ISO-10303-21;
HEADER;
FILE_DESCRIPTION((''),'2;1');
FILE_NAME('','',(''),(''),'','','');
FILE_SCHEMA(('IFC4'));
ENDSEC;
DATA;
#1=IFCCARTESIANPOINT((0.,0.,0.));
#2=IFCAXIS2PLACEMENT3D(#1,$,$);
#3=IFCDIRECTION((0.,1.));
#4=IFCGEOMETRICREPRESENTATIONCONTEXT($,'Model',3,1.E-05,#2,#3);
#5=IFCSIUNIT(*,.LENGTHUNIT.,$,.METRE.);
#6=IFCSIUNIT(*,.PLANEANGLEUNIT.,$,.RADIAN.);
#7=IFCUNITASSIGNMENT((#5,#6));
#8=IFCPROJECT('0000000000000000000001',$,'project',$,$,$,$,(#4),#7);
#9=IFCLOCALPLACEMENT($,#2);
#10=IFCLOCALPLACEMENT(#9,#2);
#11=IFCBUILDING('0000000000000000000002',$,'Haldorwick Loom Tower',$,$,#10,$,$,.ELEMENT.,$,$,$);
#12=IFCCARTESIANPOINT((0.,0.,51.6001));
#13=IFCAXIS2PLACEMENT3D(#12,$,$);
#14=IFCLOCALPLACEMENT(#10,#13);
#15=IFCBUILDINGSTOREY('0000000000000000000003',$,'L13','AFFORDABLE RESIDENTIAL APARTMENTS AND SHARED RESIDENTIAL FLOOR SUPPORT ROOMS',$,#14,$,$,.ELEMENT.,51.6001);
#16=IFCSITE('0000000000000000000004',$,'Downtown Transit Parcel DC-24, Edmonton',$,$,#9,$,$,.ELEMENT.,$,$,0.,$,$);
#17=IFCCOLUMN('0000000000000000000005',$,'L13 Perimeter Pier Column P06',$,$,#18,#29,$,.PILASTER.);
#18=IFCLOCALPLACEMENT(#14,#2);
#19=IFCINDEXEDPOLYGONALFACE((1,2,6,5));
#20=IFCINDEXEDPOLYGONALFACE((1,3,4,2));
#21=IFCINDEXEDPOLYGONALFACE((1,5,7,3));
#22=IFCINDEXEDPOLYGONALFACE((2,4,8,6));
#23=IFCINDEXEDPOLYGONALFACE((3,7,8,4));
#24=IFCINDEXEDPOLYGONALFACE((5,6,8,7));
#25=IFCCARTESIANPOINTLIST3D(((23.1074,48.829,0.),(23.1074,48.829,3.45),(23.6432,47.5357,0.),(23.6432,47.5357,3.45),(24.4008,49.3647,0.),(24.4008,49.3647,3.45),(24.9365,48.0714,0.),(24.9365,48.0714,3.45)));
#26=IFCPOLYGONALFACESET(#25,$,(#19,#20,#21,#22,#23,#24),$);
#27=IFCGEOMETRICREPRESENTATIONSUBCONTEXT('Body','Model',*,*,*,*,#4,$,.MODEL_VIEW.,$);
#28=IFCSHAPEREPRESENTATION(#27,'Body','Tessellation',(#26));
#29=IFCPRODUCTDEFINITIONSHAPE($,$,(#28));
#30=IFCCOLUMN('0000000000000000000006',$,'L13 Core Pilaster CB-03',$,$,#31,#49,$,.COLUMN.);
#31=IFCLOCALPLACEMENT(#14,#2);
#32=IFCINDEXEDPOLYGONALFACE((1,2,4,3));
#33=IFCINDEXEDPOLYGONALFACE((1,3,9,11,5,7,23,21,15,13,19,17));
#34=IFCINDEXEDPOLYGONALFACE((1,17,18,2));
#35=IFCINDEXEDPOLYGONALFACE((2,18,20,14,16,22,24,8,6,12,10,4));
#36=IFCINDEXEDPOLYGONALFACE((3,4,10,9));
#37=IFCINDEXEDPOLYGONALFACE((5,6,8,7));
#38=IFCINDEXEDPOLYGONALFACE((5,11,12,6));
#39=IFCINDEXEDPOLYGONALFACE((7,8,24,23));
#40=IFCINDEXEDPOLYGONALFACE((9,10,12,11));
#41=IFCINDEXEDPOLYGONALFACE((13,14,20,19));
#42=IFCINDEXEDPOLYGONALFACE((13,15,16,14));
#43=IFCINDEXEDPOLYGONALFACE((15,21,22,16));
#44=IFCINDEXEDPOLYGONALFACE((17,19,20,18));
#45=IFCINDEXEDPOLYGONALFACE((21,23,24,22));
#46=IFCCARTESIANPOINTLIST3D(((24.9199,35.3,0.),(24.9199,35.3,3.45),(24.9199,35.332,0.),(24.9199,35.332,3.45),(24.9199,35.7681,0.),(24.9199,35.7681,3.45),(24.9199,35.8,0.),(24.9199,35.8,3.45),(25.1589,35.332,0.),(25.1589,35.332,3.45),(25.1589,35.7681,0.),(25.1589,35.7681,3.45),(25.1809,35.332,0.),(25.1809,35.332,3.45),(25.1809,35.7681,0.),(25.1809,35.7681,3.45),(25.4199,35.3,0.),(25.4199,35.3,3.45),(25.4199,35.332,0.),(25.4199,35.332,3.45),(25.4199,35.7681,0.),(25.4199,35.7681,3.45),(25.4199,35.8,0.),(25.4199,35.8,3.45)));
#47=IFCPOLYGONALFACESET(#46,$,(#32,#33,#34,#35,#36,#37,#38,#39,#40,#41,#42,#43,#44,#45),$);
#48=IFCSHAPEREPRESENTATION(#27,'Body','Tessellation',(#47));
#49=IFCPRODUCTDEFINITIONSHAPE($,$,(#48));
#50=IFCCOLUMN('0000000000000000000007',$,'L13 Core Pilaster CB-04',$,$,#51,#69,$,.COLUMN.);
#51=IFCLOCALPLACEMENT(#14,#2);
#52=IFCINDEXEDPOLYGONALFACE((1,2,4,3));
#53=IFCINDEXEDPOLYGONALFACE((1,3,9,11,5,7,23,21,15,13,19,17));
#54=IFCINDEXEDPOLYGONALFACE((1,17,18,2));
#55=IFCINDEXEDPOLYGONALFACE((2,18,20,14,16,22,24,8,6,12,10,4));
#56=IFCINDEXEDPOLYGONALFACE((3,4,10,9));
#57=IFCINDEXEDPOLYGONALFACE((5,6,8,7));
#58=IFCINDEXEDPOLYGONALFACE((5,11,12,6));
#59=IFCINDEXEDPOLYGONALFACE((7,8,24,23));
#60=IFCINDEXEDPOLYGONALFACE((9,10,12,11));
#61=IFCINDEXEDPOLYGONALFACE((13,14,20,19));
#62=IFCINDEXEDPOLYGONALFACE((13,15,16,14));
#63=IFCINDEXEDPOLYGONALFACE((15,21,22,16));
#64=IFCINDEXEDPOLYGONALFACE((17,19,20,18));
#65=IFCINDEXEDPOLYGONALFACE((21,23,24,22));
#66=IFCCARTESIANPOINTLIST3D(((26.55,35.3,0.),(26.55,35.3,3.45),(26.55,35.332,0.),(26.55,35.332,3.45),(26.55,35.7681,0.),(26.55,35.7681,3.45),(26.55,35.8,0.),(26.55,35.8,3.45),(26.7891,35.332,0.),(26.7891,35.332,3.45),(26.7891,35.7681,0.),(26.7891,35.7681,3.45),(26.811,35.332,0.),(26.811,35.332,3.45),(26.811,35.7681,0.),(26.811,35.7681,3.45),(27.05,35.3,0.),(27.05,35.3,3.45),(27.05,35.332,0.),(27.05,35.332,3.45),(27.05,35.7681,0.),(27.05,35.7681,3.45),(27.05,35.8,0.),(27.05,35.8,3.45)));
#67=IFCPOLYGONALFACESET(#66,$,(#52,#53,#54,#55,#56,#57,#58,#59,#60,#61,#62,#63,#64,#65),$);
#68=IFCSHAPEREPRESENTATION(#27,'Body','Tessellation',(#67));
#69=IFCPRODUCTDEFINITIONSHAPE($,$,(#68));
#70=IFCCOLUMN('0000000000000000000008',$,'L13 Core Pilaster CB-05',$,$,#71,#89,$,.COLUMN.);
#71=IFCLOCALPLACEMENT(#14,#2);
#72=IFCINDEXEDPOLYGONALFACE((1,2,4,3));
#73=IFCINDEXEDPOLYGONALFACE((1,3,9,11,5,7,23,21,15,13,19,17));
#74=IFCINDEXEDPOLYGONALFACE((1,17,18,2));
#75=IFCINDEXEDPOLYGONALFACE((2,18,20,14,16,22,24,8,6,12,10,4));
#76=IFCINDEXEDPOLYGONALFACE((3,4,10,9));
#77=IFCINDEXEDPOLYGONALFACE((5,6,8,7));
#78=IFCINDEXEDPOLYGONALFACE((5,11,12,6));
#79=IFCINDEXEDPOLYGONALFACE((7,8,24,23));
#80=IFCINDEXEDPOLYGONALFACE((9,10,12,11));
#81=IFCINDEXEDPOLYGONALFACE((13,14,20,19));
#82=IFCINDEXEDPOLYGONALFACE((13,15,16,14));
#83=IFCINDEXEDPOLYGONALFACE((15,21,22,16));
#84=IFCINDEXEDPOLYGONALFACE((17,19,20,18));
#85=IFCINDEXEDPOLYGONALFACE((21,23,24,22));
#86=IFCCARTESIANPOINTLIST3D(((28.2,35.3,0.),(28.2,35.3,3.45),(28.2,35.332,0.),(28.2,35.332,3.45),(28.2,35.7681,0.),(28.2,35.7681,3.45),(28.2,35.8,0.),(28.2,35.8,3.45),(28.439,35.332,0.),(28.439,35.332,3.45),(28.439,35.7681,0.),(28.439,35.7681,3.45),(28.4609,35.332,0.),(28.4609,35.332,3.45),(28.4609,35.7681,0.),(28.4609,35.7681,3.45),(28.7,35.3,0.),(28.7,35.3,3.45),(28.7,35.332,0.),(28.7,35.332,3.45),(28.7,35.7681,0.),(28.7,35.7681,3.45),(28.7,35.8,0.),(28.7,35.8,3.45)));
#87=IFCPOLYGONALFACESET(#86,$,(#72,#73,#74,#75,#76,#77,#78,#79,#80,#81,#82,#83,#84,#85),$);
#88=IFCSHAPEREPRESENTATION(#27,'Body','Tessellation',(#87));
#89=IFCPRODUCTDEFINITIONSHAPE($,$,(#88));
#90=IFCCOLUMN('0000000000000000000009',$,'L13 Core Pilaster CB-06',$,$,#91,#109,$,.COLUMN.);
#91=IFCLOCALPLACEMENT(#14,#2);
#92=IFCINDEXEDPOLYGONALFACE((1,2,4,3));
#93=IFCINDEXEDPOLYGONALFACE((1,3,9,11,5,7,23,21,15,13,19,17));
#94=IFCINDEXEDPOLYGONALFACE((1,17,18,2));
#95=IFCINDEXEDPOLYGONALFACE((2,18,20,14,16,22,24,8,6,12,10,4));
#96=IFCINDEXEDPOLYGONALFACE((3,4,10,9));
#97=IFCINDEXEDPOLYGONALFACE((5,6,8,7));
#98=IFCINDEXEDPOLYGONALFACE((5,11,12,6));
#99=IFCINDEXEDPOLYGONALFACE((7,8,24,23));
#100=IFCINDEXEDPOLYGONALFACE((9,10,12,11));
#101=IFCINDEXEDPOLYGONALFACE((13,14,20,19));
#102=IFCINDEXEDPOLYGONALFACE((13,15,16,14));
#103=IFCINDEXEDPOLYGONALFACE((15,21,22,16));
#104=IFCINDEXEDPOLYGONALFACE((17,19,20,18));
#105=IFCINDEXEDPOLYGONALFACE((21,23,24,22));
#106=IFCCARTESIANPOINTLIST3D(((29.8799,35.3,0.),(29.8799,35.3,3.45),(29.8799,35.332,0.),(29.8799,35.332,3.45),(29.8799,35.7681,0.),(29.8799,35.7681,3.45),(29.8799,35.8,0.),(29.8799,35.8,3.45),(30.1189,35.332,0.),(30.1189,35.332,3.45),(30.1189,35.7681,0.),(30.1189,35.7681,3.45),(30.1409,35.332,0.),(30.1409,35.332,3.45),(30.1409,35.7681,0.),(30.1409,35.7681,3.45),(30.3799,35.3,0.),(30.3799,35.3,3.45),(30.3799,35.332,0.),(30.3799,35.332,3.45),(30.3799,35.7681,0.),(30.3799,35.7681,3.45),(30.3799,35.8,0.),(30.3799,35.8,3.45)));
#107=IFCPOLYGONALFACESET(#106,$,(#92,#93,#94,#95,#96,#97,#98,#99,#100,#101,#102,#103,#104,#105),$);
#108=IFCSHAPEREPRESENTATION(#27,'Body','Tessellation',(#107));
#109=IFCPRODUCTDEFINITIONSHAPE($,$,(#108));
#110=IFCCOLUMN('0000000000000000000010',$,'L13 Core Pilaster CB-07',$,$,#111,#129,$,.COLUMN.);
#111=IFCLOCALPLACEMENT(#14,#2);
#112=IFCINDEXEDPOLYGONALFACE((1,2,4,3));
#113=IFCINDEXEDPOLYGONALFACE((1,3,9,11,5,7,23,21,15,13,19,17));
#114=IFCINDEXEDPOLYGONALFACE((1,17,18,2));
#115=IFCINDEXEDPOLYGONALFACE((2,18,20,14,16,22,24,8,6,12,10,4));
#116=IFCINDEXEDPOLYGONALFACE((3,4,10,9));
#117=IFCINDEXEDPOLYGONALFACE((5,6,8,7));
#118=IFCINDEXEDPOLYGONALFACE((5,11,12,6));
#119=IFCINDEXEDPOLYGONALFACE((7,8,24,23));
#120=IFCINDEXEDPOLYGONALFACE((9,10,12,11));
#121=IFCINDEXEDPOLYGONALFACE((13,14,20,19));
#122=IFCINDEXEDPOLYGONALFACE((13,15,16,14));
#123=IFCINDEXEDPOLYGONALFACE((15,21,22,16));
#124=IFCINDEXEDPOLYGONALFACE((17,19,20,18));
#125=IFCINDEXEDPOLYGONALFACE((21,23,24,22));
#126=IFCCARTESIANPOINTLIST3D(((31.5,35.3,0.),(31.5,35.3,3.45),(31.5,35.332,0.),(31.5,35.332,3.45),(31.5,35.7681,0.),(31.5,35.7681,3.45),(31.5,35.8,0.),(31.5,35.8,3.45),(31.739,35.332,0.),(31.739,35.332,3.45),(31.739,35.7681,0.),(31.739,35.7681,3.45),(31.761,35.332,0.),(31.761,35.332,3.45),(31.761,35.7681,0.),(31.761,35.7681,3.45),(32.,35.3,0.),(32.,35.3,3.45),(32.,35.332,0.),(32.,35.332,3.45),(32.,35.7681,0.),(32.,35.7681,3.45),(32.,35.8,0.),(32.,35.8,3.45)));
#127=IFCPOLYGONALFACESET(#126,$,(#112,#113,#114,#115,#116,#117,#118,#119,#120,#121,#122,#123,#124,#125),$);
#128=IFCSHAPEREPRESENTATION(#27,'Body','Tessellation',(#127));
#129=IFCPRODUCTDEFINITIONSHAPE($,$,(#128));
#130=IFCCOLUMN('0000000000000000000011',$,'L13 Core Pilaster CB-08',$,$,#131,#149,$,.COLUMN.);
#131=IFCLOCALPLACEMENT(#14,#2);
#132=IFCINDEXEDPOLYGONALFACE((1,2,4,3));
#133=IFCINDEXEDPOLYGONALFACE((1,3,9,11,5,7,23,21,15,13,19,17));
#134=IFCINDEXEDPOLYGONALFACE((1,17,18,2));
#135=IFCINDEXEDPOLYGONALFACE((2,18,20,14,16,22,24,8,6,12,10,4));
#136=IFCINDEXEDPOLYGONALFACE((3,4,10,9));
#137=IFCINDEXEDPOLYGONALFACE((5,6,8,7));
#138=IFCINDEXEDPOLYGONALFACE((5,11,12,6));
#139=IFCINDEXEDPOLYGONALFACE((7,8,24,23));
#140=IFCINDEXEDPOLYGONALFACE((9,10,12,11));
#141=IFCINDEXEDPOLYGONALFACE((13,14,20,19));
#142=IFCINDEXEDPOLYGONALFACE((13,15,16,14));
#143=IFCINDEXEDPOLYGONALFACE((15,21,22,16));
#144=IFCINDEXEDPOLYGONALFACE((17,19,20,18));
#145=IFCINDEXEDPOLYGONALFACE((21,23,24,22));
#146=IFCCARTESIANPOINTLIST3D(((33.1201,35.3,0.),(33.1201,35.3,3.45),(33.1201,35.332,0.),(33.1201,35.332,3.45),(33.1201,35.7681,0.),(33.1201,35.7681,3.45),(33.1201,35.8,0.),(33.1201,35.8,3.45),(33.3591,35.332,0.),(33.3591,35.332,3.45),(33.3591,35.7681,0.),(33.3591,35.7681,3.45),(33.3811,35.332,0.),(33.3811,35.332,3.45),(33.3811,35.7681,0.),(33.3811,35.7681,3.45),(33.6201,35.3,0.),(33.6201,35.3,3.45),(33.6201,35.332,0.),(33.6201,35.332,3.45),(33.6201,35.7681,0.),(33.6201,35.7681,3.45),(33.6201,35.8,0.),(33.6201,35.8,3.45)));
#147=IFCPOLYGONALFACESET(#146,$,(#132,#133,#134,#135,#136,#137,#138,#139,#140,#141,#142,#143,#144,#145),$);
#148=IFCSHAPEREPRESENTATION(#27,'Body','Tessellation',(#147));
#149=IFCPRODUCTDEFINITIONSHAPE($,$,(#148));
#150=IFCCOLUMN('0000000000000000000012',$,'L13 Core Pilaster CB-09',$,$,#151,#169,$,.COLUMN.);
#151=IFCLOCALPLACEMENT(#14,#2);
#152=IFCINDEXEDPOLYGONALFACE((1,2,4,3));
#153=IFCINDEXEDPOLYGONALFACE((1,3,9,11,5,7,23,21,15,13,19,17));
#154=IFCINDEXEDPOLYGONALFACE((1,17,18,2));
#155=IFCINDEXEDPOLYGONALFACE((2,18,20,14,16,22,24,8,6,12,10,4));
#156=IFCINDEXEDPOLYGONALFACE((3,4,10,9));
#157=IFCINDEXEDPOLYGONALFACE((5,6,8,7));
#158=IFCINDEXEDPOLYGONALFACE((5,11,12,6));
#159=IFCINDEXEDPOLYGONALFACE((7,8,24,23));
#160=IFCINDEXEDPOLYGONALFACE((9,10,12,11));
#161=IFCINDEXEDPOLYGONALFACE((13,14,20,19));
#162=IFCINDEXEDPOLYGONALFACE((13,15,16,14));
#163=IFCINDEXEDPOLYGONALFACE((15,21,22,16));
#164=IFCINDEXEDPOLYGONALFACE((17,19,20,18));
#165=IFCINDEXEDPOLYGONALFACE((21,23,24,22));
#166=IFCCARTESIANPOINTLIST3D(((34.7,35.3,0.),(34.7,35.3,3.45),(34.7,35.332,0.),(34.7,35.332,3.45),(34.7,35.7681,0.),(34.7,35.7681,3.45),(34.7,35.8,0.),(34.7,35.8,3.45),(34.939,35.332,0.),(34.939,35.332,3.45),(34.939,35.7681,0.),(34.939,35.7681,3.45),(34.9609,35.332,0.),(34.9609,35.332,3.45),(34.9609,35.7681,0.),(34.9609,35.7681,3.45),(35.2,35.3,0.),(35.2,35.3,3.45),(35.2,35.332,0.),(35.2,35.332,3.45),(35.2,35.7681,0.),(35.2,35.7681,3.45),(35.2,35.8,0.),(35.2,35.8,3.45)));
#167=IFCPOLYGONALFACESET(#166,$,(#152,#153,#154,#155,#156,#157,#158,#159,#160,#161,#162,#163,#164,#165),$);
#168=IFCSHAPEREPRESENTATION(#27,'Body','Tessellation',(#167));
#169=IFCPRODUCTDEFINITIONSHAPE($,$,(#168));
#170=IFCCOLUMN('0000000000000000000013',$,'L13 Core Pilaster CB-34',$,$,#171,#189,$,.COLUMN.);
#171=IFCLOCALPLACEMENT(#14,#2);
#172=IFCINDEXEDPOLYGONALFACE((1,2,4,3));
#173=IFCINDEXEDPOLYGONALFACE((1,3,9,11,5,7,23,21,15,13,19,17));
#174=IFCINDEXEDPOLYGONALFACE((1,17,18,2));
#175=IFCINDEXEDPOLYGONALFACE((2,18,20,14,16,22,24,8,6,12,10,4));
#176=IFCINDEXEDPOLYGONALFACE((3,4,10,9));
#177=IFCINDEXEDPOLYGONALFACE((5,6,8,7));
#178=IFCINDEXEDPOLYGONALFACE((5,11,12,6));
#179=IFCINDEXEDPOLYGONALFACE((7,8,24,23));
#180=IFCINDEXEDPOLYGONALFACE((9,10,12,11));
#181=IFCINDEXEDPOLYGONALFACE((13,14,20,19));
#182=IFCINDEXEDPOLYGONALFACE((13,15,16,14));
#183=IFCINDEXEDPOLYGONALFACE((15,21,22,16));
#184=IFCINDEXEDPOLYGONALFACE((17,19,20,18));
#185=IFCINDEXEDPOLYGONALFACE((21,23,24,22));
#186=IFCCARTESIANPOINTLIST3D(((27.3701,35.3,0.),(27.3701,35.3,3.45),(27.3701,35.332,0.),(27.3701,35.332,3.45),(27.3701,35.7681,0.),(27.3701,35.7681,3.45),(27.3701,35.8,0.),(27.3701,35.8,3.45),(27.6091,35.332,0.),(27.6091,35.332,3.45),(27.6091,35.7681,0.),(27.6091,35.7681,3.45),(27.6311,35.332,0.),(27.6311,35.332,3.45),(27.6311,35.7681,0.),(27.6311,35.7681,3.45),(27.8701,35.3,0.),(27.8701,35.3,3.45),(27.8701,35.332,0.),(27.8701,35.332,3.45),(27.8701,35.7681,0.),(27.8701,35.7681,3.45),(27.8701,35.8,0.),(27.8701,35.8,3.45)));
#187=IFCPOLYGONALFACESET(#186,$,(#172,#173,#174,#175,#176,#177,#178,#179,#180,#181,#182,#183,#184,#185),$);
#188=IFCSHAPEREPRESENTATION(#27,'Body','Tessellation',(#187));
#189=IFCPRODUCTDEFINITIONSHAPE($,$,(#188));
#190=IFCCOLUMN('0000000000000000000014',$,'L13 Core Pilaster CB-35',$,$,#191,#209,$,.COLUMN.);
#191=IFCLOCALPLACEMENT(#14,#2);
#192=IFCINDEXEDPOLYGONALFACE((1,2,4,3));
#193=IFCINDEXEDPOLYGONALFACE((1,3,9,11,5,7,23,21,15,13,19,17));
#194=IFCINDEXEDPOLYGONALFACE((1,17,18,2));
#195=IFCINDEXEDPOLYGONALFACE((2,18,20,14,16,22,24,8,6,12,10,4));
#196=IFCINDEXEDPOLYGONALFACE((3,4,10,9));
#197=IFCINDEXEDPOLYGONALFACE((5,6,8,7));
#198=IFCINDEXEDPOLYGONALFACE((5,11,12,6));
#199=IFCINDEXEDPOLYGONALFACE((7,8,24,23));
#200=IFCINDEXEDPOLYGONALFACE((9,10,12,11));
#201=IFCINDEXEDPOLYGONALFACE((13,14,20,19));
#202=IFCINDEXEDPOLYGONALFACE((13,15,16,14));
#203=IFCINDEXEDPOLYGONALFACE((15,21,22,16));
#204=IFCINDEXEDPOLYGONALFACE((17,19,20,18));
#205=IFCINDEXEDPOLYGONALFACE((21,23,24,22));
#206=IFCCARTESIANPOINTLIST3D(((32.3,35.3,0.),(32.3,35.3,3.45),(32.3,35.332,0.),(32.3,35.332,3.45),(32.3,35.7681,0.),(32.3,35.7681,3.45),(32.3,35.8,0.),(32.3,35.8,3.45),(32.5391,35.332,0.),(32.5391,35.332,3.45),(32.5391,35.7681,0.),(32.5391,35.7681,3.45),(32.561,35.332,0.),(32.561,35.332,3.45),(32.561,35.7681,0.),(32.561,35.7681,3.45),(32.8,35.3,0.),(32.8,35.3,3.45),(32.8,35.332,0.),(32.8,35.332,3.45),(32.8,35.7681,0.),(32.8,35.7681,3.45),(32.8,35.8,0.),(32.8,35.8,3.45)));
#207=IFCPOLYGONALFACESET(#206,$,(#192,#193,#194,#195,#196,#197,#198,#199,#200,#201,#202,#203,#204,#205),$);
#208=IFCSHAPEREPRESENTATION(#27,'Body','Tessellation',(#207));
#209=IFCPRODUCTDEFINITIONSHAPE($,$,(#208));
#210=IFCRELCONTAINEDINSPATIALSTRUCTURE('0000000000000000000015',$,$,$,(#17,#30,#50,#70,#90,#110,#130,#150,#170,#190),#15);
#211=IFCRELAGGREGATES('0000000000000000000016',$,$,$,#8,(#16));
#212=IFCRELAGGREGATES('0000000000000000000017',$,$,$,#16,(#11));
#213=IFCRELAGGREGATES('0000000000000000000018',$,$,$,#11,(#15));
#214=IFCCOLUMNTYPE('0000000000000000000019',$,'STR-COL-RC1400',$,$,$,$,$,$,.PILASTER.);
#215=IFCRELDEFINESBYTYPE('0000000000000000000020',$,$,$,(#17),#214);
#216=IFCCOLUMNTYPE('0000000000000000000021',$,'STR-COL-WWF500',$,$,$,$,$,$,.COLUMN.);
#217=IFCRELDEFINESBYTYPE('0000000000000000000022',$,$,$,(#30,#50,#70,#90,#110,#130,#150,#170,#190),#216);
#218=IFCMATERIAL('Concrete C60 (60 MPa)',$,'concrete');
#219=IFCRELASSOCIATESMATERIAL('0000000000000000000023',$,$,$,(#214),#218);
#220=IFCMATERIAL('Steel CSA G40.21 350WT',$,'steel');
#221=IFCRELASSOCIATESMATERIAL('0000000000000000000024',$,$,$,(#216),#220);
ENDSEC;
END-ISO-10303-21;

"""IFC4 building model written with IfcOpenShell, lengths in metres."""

from ifc_helpers import new_model, si_unit, direction, frame, origin, origin_2d, place, context, subcontext, project, spatial, rectangle, i_section, extrude, material, material_profile, profile_set, type_object, element, save


model = new_model("IFC4")

# Units and contexts
model_context = context("Model", 3, precision=1e-05, world=origin(), true_north=direction((0.0, 1.0)))
body_context = subcontext(model_context, "Body", "Model", "MODEL_VIEW")
ifc_project = project(units=[si_unit("LENGTHUNIT", "METRE"), si_unit("PLANEANGLEUNIT", "RADIAN")], contexts=[model_context])

# Site, building, storey
site_placement = place(None, origin())
site = spatial("IfcSite", under=ifc_project, at=site_placement, Name="Downtown Transit Parcel DC-24, Edmonton", CompositionType="ELEMENT", RefElevation=0.0)
building_placement = place(site_placement, origin())
building = spatial("IfcBuilding", under=site, at=building_placement, Name="Haldorwick Loom Tower", CompositionType="ELEMENT")
storey_placement = place(building_placement, frame((0.0, 0.0, 51.6001)))
storey = spatial("IfcBuildingStorey", under=building, at=storey_placement, Name="L13", Description="AFFORDABLE RESIDENTIAL APARTMENTS AND SHARED RESIDENTIAL FLOOR SUPPORT ROOMS", CompositionType="ELEMENT", Elevation=51.6001)

# Columns
ifc_material_1 = material(Name="Concrete C60 (60 MPa)", Category="concrete")
ifc_material_profile_1 = material_profile(ifc_material_1, rectangle(XDim=1.3999, YDim=1.3999, at=origin_2d()), Name="RC1400X1400", Category="concrete")
ifc_profile_set_1 = profile_set([ifc_material_profile_1], Name="Concrete C60 (60 MPa)")
column_type_1 = type_object("IfcColumnType", Name="STR-COL-RC1400", PredefinedType="PILASTER", material=ifc_profile_set_1)
column_placement = place(storey_placement, frame((24.022, 48.4502, 0.0), z_axis=(0.0, 0.0, 1.0), x_axis=(-0.382683, 0.92388, 0.0)))
element("IfcColumn", 1, at=column_placement, inside=storey, type_object=column_type_1, Name="L13 Perimeter Pier Column P06", PredefinedType="PILASTER", context=body_context, shape_type="SweptSolid", body=[
    extrude(rectangle(XDim=1.3999, YDim=1.3999, at=origin_2d()), origin(), (0.0, 0.0, 1.0), 3.45),
])
ifc_material_2 = material(Name="Steel CSA G40.21 350WT", Category="steel")
ifc_material_profile_2 = material_profile(ifc_material_2, i_section(OverallWidth=0.5, OverallDepth=0.5, WebThickness=0.022, FlangeThickness=0.032, at=origin_2d()), Name="WWF500X500", Category="steel")
ifc_profile_set_2 = profile_set([ifc_material_profile_2], Name="Steel CSA G40.21 350WT")
column_type_2 = type_object("IfcColumnType", Name="STR-COL-WWF500", PredefinedType="COLUMN", material=ifc_profile_set_2)
for number, where, z_axis, x_axis, name in (
    (2, (25.1699, 35.55, 0.0), (0.0, 0.0, 1.0), (1.0, 0.0, 0.0), "L13 Core Pilaster CB-03"),
    (3, (26.8, 35.55, 0.0), (0.0, 0.0, 1.0), (1.0, 0.0, 0.0), "L13 Core Pilaster CB-04"),
    (4, (28.45, 35.55, 0.0), (0.0, 0.0, 1.0), (1.0, 0.0, 0.0), "L13 Core Pilaster CB-05"),
    (5, (30.1299, 35.55, 0.0), (0.0, 0.0, 1.0), (1.0, 0.0, 0.0), "L13 Core Pilaster CB-06"),
    (6, (31.75, 35.55, 0.0), (0.0, 0.0, 1.0), (1.0, 0.0, 0.0), "L13 Core Pilaster CB-07"),
    (7, (33.3701, 35.55, 0.0), (0.0, 0.0, 1.0), (1.0, 0.0, 0.0), "L13 Core Pilaster CB-08"),
    (8, (34.95, 35.55, 0.0), (0.0, 0.0, 1.0), (1.0, 0.0, 0.0), "L13 Core Pilaster CB-09"),
    (9, (27.6201, 35.55, 0.0), (0.0, 0.0, 1.0), (1.0, 0.0, 0.0), "L13 Core Pilaster CB-34"),
    (10, (32.55, 35.55, 0.0), (0.0, 0.0, 1.0), (1.0, 0.0, 0.0), "L13 Core Pilaster CB-35"),
):
    element("IfcColumn", number, at=place(storey_placement, frame(where, z_axis=z_axis, x_axis=x_axis)), inside=storey, type_object=column_type_2, Name=name, PredefinedType="COLUMN", context=body_context, shape_type="SweptSolid", body=[
        extrude(i_section(OverallWidth=0.5, OverallDepth=0.5, WebThickness=0.022, FlangeThickness=0.032, at=origin_2d()), origin(), (0.0, 0.0, 1.0), 3.45),
    ])

save(model, "model.ifc")
